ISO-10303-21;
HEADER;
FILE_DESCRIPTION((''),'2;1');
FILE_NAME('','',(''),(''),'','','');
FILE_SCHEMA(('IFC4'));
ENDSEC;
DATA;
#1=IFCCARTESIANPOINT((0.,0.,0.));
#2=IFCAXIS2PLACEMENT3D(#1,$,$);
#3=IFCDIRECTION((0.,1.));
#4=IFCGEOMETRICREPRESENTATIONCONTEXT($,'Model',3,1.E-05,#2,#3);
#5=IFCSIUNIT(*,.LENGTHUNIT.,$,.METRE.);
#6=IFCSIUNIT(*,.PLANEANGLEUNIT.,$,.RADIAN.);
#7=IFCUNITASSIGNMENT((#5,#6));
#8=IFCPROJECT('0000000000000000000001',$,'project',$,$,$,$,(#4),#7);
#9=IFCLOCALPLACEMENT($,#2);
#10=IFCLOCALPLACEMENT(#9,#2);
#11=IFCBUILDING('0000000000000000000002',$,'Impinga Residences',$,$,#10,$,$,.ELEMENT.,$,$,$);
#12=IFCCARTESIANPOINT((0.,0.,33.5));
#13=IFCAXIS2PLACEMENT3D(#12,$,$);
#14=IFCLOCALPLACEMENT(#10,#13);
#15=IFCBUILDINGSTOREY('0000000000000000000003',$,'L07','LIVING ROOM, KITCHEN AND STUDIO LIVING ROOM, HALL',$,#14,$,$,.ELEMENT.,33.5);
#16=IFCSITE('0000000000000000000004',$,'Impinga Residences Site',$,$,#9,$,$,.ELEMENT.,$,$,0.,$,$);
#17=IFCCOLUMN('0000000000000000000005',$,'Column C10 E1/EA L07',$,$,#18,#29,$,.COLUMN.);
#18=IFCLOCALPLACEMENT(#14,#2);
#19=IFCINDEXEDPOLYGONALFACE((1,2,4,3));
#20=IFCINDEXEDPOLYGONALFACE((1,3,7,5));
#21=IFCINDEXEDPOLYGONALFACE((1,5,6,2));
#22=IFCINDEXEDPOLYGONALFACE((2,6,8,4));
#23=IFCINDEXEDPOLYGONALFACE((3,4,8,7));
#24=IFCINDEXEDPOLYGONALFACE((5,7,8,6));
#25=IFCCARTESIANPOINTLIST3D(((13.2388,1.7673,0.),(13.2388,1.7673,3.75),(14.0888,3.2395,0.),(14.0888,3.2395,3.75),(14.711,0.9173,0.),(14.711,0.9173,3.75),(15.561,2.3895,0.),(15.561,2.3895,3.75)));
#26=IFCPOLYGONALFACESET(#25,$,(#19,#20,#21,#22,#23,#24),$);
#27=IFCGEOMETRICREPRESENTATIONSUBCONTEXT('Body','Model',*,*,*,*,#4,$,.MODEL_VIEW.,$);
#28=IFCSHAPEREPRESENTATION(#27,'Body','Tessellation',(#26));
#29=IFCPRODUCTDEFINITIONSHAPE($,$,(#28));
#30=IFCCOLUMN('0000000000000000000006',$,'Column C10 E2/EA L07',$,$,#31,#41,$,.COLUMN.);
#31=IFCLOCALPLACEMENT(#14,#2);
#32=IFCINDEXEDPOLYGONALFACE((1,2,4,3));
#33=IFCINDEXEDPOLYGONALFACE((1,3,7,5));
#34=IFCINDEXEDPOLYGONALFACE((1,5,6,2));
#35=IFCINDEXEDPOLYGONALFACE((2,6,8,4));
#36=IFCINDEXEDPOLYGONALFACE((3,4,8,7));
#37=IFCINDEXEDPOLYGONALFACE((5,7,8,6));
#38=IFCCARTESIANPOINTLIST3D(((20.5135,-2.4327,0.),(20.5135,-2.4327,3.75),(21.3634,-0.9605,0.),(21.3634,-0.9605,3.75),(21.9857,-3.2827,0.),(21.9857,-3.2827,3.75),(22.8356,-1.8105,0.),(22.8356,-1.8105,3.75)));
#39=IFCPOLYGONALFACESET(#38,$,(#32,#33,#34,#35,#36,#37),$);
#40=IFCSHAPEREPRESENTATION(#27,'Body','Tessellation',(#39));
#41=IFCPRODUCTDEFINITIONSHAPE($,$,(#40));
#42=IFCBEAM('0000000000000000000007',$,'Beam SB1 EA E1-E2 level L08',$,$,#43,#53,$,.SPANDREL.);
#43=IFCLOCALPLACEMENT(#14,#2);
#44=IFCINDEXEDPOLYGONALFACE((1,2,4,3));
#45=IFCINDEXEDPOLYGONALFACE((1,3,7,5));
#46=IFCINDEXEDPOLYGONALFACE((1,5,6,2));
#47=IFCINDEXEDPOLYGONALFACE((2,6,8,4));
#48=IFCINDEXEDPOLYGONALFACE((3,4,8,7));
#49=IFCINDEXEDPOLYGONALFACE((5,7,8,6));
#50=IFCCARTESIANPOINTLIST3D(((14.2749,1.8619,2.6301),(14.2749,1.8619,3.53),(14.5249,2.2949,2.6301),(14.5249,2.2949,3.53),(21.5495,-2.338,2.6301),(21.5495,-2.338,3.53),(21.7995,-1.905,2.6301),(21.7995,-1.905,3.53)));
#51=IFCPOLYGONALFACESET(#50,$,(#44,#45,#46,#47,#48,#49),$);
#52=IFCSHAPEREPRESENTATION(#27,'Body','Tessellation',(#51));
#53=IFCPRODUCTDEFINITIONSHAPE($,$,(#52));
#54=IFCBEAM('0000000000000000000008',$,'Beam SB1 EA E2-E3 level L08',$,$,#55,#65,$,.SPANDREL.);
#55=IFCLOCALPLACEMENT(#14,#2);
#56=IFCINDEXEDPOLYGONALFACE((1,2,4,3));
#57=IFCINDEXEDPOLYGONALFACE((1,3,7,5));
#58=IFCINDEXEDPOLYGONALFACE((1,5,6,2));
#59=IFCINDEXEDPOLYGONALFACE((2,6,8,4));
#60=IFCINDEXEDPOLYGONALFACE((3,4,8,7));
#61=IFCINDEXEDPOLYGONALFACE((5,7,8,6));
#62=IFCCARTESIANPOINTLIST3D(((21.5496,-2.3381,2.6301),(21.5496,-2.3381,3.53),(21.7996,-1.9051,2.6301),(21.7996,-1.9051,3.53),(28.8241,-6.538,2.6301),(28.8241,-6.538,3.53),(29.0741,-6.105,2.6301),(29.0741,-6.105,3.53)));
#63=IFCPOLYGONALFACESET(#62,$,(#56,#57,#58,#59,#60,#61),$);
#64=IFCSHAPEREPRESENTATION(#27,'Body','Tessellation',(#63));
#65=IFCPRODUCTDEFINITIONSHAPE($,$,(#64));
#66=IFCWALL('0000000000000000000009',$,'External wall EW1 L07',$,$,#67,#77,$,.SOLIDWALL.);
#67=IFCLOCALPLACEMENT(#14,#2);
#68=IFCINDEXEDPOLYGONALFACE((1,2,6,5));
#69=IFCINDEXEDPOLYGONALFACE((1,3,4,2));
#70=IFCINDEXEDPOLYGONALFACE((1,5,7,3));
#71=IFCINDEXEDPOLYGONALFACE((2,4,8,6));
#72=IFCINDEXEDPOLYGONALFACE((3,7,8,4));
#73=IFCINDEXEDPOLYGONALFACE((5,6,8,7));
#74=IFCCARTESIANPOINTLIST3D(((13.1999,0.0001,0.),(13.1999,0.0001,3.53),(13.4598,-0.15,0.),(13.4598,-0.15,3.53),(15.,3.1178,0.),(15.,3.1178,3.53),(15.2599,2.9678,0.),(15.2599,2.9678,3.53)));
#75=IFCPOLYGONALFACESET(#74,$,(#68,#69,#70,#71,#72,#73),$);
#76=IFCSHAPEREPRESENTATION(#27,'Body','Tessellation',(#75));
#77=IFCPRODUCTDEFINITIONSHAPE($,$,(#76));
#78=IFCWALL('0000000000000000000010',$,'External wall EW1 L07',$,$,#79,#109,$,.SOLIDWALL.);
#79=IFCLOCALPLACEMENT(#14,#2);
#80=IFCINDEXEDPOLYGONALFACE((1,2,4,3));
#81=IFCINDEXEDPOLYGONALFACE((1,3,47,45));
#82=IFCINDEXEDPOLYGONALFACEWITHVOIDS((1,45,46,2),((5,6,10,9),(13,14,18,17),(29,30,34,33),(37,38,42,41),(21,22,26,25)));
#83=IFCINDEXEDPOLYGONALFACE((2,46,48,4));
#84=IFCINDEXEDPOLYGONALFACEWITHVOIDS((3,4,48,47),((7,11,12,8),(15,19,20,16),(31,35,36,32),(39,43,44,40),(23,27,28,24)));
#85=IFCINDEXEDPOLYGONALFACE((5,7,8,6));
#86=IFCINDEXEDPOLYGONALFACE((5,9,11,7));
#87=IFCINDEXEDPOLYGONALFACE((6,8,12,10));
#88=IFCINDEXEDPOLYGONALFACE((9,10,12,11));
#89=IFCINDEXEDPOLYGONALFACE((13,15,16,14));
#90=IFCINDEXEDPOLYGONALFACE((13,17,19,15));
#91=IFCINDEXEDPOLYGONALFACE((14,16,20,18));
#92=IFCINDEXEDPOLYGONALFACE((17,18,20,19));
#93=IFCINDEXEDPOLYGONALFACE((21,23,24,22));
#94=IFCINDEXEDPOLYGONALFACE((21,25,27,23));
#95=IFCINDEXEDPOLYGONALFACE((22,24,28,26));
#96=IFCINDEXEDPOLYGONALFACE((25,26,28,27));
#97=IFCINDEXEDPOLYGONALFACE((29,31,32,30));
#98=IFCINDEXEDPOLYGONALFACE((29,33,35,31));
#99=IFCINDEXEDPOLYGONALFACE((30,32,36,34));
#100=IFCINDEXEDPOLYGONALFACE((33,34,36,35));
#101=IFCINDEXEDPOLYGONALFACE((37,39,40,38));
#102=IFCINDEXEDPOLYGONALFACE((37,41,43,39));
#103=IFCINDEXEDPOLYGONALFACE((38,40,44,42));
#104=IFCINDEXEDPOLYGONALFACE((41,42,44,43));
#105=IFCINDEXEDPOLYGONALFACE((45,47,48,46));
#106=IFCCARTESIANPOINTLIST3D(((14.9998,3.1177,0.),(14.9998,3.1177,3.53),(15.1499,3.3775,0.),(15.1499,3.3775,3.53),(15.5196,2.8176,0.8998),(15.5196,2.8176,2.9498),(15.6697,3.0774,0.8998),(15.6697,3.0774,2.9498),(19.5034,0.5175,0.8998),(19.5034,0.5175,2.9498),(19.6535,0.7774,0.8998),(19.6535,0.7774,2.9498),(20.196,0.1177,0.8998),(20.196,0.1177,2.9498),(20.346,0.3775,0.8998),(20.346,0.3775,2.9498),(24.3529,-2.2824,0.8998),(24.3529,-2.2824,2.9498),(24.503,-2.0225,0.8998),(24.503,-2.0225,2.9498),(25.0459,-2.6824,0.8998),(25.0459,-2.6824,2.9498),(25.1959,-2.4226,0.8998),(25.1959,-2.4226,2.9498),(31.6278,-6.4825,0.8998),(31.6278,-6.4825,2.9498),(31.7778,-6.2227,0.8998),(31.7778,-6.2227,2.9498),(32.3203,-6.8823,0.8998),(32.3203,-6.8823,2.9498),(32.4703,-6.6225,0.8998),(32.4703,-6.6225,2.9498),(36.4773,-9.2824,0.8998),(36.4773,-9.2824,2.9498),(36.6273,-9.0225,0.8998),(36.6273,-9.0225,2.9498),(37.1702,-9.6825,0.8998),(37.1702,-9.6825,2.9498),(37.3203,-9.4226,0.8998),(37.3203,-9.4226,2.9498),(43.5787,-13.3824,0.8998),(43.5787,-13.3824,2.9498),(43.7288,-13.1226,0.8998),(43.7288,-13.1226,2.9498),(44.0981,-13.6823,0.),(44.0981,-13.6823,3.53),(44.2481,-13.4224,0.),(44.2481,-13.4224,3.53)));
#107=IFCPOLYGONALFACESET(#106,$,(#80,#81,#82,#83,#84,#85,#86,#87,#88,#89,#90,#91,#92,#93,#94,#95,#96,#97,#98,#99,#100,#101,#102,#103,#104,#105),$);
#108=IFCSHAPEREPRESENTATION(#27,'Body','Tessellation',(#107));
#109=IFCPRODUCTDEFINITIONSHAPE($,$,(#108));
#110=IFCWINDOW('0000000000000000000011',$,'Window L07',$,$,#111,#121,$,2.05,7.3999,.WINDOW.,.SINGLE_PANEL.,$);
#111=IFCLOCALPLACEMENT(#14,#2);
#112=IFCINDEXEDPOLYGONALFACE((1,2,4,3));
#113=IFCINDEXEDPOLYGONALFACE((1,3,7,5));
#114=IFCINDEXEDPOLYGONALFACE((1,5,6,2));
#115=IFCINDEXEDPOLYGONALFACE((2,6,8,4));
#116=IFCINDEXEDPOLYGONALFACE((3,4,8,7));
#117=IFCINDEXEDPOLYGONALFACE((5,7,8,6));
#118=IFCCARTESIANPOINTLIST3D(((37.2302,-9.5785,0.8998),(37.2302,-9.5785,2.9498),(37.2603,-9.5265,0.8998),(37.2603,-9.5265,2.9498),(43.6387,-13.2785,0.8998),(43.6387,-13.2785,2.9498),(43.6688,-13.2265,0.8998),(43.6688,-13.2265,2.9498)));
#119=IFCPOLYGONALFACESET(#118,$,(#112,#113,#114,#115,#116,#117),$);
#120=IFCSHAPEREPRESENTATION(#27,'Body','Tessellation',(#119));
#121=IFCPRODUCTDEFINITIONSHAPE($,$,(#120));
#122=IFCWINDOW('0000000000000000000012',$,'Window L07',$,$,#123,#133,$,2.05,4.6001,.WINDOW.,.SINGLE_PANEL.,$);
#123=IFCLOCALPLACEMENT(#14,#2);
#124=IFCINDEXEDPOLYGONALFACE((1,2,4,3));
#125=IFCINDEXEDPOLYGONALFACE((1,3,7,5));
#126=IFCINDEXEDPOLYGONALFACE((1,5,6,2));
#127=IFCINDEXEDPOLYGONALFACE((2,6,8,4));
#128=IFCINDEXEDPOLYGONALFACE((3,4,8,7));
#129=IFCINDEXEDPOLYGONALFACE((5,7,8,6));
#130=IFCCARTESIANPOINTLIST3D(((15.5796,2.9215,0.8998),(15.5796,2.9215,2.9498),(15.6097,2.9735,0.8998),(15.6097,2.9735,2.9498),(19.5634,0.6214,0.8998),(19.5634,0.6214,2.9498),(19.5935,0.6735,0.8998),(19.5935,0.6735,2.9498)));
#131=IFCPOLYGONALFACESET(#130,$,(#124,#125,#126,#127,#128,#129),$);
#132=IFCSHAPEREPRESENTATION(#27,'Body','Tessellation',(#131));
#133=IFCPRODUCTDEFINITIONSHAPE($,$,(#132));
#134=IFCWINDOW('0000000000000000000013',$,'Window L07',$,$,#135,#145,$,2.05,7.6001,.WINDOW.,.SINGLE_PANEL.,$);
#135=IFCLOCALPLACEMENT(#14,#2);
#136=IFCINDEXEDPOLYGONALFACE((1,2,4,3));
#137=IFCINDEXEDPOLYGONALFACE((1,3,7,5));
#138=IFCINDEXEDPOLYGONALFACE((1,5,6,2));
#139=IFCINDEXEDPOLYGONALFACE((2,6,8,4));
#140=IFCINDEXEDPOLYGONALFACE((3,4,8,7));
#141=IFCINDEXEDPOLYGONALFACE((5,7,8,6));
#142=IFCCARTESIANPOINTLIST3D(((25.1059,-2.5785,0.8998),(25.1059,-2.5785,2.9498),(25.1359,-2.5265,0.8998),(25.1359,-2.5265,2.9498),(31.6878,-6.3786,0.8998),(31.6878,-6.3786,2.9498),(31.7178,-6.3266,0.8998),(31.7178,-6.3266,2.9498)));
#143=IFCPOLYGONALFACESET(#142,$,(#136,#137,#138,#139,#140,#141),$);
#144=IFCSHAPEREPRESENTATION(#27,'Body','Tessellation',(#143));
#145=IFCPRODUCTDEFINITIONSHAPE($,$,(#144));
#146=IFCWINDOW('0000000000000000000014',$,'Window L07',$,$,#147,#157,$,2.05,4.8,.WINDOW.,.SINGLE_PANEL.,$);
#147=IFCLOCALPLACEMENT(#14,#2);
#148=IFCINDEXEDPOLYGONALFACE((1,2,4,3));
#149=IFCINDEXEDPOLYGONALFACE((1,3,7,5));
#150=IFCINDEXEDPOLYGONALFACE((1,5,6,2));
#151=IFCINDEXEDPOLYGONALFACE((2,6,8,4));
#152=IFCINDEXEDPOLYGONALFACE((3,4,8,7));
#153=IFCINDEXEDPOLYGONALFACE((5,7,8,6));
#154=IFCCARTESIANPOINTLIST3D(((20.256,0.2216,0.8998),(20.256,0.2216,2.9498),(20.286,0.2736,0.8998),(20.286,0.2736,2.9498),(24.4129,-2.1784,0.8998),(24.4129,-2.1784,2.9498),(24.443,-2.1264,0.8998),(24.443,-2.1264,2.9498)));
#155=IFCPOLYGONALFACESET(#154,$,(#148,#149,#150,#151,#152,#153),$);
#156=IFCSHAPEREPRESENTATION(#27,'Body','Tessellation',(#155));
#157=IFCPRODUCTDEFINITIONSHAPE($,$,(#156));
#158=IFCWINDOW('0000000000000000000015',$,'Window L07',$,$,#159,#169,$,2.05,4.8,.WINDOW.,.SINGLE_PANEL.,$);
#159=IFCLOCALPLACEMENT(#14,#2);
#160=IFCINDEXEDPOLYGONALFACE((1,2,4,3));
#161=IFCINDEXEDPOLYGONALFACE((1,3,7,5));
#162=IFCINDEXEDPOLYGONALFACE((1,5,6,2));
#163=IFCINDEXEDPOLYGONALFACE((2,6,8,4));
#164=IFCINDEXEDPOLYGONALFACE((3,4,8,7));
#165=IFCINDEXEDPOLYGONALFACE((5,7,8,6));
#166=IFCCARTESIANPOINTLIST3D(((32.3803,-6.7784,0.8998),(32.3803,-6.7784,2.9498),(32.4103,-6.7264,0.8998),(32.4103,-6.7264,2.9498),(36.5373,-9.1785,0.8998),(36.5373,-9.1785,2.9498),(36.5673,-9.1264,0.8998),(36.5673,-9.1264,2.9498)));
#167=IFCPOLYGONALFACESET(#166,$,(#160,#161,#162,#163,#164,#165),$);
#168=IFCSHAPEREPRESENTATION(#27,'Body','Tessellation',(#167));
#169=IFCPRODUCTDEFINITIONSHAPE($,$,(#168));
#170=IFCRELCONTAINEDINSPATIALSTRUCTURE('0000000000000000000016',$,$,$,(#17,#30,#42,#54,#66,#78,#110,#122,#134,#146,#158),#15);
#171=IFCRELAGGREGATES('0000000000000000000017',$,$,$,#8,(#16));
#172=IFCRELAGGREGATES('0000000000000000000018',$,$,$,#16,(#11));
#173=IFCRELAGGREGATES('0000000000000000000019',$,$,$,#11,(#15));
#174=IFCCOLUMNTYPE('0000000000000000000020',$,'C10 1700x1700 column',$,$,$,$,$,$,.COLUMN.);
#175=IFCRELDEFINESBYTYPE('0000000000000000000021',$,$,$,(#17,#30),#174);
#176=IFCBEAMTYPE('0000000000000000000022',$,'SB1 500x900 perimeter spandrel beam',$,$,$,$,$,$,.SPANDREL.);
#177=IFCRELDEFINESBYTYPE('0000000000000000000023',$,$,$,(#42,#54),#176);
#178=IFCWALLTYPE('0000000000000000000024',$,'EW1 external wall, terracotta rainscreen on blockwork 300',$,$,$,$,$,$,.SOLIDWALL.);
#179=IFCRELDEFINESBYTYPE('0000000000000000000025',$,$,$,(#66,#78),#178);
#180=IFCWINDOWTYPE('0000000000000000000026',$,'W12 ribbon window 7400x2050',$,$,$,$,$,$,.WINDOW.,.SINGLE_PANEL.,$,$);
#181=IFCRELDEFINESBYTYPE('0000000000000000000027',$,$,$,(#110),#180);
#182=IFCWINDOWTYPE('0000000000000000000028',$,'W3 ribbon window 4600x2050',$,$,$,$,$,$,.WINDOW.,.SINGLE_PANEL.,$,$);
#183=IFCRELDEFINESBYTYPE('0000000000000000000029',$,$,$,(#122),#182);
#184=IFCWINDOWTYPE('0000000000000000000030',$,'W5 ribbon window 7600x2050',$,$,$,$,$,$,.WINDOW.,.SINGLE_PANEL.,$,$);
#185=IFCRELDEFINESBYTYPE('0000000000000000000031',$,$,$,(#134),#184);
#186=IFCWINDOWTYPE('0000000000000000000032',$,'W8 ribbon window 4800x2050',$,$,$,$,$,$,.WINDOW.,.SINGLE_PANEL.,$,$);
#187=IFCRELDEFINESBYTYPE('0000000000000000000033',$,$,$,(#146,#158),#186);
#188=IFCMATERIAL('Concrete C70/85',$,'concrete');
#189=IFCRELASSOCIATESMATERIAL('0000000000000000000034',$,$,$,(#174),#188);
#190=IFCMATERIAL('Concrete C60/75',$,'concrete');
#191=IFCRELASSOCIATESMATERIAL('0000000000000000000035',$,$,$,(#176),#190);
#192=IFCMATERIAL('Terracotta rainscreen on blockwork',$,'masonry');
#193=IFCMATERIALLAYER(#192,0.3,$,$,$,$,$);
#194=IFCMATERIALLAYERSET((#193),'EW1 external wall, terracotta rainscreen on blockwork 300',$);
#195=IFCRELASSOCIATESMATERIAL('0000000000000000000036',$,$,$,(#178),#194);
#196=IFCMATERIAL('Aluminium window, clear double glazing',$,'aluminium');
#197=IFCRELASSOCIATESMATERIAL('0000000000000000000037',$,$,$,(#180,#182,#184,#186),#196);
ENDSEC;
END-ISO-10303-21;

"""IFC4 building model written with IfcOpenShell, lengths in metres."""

from ifc_helpers import new_model, si_unit, direction, frame, frame_2d, origin, origin_2d, place, context, subcontext, project, spatial, rectangle, extrude, material, layer, layer_set, material_profile, profile_set, type_object, element, fill, save


model = new_model("IFC4")

# Units and contexts
model_context = context("Model", 3, precision=1e-05, world=origin(), true_north=direction((0.0, 1.0)))
body_context = subcontext(model_context, "Body", "Model", "MODEL_VIEW")
ifc_project = project(units=[si_unit("LENGTHUNIT", "METRE"), si_unit("PLANEANGLEUNIT", "RADIAN")], contexts=[model_context])

# Site, building, storey
site_placement = place(None, origin())
site = spatial("IfcSite", under=ifc_project, at=site_placement, Name="Impinga Residences Site", CompositionType="ELEMENT", RefElevation=0.0)
building_placement = place(site_placement, origin())
building = spatial("IfcBuilding", under=site, at=building_placement, Name="Impinga Residences", CompositionType="ELEMENT")
storey_placement = place(building_placement, frame((0.0, 0.0, 33.5)))
storey = spatial("IfcBuildingStorey", under=building, at=storey_placement, Name="L07", Description="LIVING ROOM, KITCHEN AND STUDIO LIVING ROOM, HALL", CompositionType="ELEMENT", Elevation=33.5)

# Columns
ifc_material_1 = material(Name="Concrete C70/85", Category="concrete")
ifc_material_profile_1 = material_profile(ifc_material_1, rectangle(XDim=1.7, YDim=1.7, at=origin_2d()), Name="RC 1700x1700")
ifc_profile_set_1 = profile_set([ifc_material_profile_1], Name="Concrete C70/85")
column_type = type_object("IfcColumnType", Name="C10 1700x1700 column", PredefinedType="COLUMN", material=ifc_profile_set_1)
for number, where, z_axis, x_axis, name in (
    (1, (14.3999, 2.0784, 0.0), (0.0, 0.0, 1.0), (-0.5, -0.866025, 0.0), "Column C10 E1/EA L07"),
    (2, (21.6746, -2.1216, 0.0), (0.0, 0.0, 1.0), (-0.5, -0.866025, 0.0), "Column C10 E2/EA L07"),
):
    element("IfcColumn", number, at=place(storey_placement, frame(where, z_axis=z_axis, x_axis=x_axis)), inside=storey, type_object=column_type, Name=name, PredefinedType="COLUMN", context=body_context, shape_type="SweptSolid", body=[
        extrude(rectangle(XDim=1.7, YDim=1.7, at=origin_2d()), origin(), (0.0, 0.0, 1.0), 3.75),
    ])

# Beams
ifc_material_2 = material(Name="Concrete C60/75", Category="concrete")
ifc_material_profile_2 = material_profile(ifc_material_2, rectangle(XDim=0.5, YDim=0.8999, at=origin_2d()), Name="RC 500x900")
ifc_profile_set_2 = profile_set([ifc_material_profile_2], Name="Concrete C60/75")
beam_type = type_object("IfcBeamType", Name="SB1 500x900 perimeter spandrel beam", PredefinedType="SPANDREL", material=ifc_profile_set_2)
for number, where, z_axis, x_axis, name in (
    (3, (14.3999, 2.0784, 3.0801), (0.866029, -0.499993, 0.0), (0.499993, 0.866029, 0.0), "Beam SB1 EA E1-E2 level L08"),
    (4, (21.6746, -2.1216, 3.0801), (0.866029, -0.499993, 0.0), (0.499993, 0.866029, 0.0), "Beam SB1 EA E2-E3 level L08"),
):
    element("IfcBeam", number, at=place(storey_placement, frame(where, z_axis=z_axis, x_axis=x_axis)), inside=storey, type_object=beam_type, Name=name, PredefinedType="SPANDREL", context=body_context, shape_type="SweptSolid", body=[
        extrude(rectangle(XDim=0.5, YDim=0.8999, at=origin_2d()), origin(), (0.0, 0.0, 1.0), 8.3999),
    ])

# Wall
ifc_material_3 = material(Name="Terracotta rainscreen on blockwork", Category="masonry")
ifc_layer_1 = layer(ifc_material_3, 0.3)
ifc_layer_set_1 = layer_set([ifc_layer_1], Name="EW1 external wall, terracotta rainscreen on blockwork 300")
wall_type_1 = type_object("IfcWallType", Name="EW1 external wall, terracotta rainscreen on blockwork 300", PredefinedType="SOLIDWALL", material=ifc_layer_set_1)
wall_1_placement = place(storey_placement, frame((13.3298, -0.075, 0.0), z_axis=(0.0, 0.0, 1.0), x_axis=(0.500012, 0.866018, 0.0)))
element("IfcWall", 5, at=wall_1_placement, inside=storey, type_object=wall_type_1, Name="External wall EW1 L07", PredefinedType="SOLIDWALL", context=body_context, shape_type="SweptSolid", body=[
    extrude(rectangle(XDim=3.6001, YDim=0.3, at=frame_2d((1.8, 0.0))), origin(), (0.0, 0.0, 1.0), 3.53),
])

# Wall, openings, windows
wall_2_placement = place(storey_placement, frame((15.075, 3.2476, 0.0), z_axis=(0.0, 0.0, 1.0), x_axis=(0.866024, -0.500002, 0.0)))
wall_2 = element("IfcWall", 6, at=wall_2_placement, inside=storey, type_object=wall_type_1, Name="External wall EW1 L07", PredefinedType="SOLIDWALL", context=body_context, shape_type="SweptSolid", body=[
    extrude(rectangle(XDim=33.5999, YDim=0.3, at=frame_2d((16.7998, 0.0))), origin(), (0.0, 0.0, 1.0), 3.53),
])
opening_1_placement = place(wall_2_placement, frame((0.6001, 0.0, 0.8999)))
opening_1 = element("IfcOpeningElement", 7, at=opening_1_placement, cuts=wall_2, PredefinedType="OPENING", context=body_context, shape_type="SweptSolid", body=[
    extrude(rectangle(XDim=4.6001, YDim=2.05, at=frame_2d((2.3, 1.0249))), frame((0.0, 0.1599, 0.0), z_axis=(0.0, -1.0, 0.0), x_axis=(1.0, 0.0, 0.0)), (0.0, 0.0, 1.0), 0.3201),
])
opening_2_placement = place(wall_2_placement, frame((6.0, 0.0, 0.8999)))
opening_2 = element("IfcOpeningElement", 8, at=opening_2_placement, cuts=wall_2, PredefinedType="OPENING", context=body_context, shape_type="SweptSolid", body=[
    extrude(rectangle(XDim=4.8, YDim=2.05, at=frame_2d((2.3999, 1.0249))), frame((0.0, 0.1599, 0.0), z_axis=(0.0, -1.0, 0.0), x_axis=(1.0, 0.0, 0.0)), (0.0, 0.0, 1.0), 0.3201),
])
opening_3_placement = place(wall_2_placement, frame((11.6001, 0.0, 0.8999)))
opening_3 = element("IfcOpeningElement", 9, at=opening_3_placement, cuts=wall_2, PredefinedType="OPENING", context=body_context, shape_type="SweptSolid", body=[
    extrude(rectangle(XDim=7.6001, YDim=2.05, at=frame_2d((3.8, 1.0249))), frame((0.0, 0.1599, 0.0), z_axis=(0.0, -1.0, 0.0), x_axis=(1.0, 0.0, 0.0)), (0.0, 0.0, 1.0), 0.3201),
])
opening_4_placement = place(wall_2_placement, frame((20.0, 0.0, 0.8999)))
opening_4 = element("IfcOpeningElement", 10, at=opening_4_placement, cuts=wall_2, PredefinedType="OPENING", context=body_context, shape_type="SweptSolid", body=[
    extrude(rectangle(XDim=4.8, YDim=2.05, at=frame_2d((2.3999, 1.0249))), frame((0.0, 0.1599, 0.0), z_axis=(0.0, -1.0, 0.0), x_axis=(1.0, 0.0, 0.0)), (0.0, 0.0, 1.0), 0.3201),
])
opening_5_placement = place(wall_2_placement, frame((25.6001, 0.0, 0.8999)))
opening_5 = element("IfcOpeningElement", 11, at=opening_5_placement, cuts=wall_2, PredefinedType="OPENING", context=body_context, shape_type="SweptSolid", body=[
    extrude(rectangle(XDim=7.3999, YDim=2.05, at=frame_2d((3.7, 1.0249))), frame((0.0, 0.1599, 0.0), z_axis=(0.0, -1.0, 0.0), x_axis=(1.0, 0.0, 0.0)), (0.0, 0.0, 1.0), 0.3201),
])
ifc_material_4 = material(Name="Aluminium window, clear double glazing", Category="aluminium")
window_type_1 = type_object("IfcWindowType", Name="W12 ribbon window 7400x2050", PartitioningType="SINGLE_PANEL", PredefinedType="WINDOW", material=ifc_material_4)
window_1_placement = place(opening_5_placement, origin())
window_1 = element("IfcWindow", 12, at=window_1_placement, inside=storey, type_object=window_type_1, Name="Window L07", OverallHeight=2.05, OverallWidth=7.3999, PartitioningType="SINGLE_PANEL", PredefinedType="WINDOW", context=body_context, shape_type="SweptSolid", body=[
    extrude(rectangle(XDim=7.3999, YDim=2.05, at=frame_2d((3.7, 1.0249))), frame((0.0, 0.03, 0.0), z_axis=(0.0, -1.0, 0.0), x_axis=(1.0, 0.0, 0.0)), (0.0, 0.0, 1.0), 0.0601),
])
fill(opening_5, window_1)
window_type_2 = type_object("IfcWindowType", Name="W3 ribbon window 4600x2050", PartitioningType="SINGLE_PANEL", PredefinedType="WINDOW", material=ifc_material_4)
window_2_placement = place(opening_1_placement, origin())
window_2 = element("IfcWindow", 13, at=window_2_placement, inside=storey, type_object=window_type_2, Name="Window L07", OverallHeight=2.05, OverallWidth=4.6001, PartitioningType="SINGLE_PANEL", PredefinedType="WINDOW", context=body_context, shape_type="SweptSolid", body=[
    extrude(rectangle(XDim=4.6001, YDim=2.05, at=frame_2d((2.3, 1.0249))), frame((0.0, 0.03, 0.0), z_axis=(0.0, -1.0, 0.0), x_axis=(1.0, 0.0, 0.0)), (0.0, 0.0, 1.0), 0.0601),
])
fill(opening_1, window_2)
window_type_3 = type_object("IfcWindowType", Name="W5 ribbon window 7600x2050", PartitioningType="SINGLE_PANEL", PredefinedType="WINDOW", material=ifc_material_4)
window_3_placement = place(opening_3_placement, origin())
window_3 = element("IfcWindow", 14, at=window_3_placement, inside=storey, type_object=window_type_3, Name="Window L07", OverallHeight=2.05, OverallWidth=7.6001, PartitioningType="SINGLE_PANEL", PredefinedType="WINDOW", context=body_context, shape_type="SweptSolid", body=[
    extrude(rectangle(XDim=7.6001, YDim=2.05, at=frame_2d((3.8, 1.0249))), frame((0.0, 0.03, 0.0), z_axis=(0.0, -1.0, 0.0), x_axis=(1.0, 0.0, 0.0)), (0.0, 0.0, 1.0), 0.0601),
])
fill(opening_3, window_3)
window_type_4 = type_object("IfcWindowType", Name="W8 ribbon window 4800x2050", PartitioningType="SINGLE_PANEL", PredefinedType="WINDOW", material=ifc_material_4)
window_4_placement = place(opening_2_placement, origin())
window_4 = element("IfcWindow", 15, at=window_4_placement, inside=storey, type_object=window_type_4, Name="Window L07", OverallHeight=2.05, OverallWidth=4.8, PartitioningType="SINGLE_PANEL", PredefinedType="WINDOW", context=body_context, shape_type="SweptSolid", body=[
    extrude(rectangle(XDim=4.8, YDim=2.05, at=frame_2d((2.3999, 1.0249))), frame((0.0, 0.03, 0.0), z_axis=(0.0, -1.0, 0.0), x_axis=(1.0, 0.0, 0.0)), (0.0, 0.0, 1.0), 0.0601),
])
fill(opening_2, window_4)
window_5_placement = place(opening_4_placement, origin())
window_5 = element("IfcWindow", 16, at=window_5_placement, inside=storey, type_object=window_type_4, Name="Window L07", OverallHeight=2.05, OverallWidth=4.8, PartitioningType="SINGLE_PANEL", PredefinedType="WINDOW", context=body_context, shape_type="SweptSolid", body=[
    extrude(rectangle(XDim=4.8, YDim=2.05, at=frame_2d((2.3999, 1.0249))), frame((0.0, 0.03, 0.0), z_axis=(0.0, -1.0, 0.0), x_axis=(1.0, 0.0, 0.0)), (0.0, 0.0, 1.0), 0.0601),
])
fill(opening_4, window_5)

save(model, "model.ifc")
